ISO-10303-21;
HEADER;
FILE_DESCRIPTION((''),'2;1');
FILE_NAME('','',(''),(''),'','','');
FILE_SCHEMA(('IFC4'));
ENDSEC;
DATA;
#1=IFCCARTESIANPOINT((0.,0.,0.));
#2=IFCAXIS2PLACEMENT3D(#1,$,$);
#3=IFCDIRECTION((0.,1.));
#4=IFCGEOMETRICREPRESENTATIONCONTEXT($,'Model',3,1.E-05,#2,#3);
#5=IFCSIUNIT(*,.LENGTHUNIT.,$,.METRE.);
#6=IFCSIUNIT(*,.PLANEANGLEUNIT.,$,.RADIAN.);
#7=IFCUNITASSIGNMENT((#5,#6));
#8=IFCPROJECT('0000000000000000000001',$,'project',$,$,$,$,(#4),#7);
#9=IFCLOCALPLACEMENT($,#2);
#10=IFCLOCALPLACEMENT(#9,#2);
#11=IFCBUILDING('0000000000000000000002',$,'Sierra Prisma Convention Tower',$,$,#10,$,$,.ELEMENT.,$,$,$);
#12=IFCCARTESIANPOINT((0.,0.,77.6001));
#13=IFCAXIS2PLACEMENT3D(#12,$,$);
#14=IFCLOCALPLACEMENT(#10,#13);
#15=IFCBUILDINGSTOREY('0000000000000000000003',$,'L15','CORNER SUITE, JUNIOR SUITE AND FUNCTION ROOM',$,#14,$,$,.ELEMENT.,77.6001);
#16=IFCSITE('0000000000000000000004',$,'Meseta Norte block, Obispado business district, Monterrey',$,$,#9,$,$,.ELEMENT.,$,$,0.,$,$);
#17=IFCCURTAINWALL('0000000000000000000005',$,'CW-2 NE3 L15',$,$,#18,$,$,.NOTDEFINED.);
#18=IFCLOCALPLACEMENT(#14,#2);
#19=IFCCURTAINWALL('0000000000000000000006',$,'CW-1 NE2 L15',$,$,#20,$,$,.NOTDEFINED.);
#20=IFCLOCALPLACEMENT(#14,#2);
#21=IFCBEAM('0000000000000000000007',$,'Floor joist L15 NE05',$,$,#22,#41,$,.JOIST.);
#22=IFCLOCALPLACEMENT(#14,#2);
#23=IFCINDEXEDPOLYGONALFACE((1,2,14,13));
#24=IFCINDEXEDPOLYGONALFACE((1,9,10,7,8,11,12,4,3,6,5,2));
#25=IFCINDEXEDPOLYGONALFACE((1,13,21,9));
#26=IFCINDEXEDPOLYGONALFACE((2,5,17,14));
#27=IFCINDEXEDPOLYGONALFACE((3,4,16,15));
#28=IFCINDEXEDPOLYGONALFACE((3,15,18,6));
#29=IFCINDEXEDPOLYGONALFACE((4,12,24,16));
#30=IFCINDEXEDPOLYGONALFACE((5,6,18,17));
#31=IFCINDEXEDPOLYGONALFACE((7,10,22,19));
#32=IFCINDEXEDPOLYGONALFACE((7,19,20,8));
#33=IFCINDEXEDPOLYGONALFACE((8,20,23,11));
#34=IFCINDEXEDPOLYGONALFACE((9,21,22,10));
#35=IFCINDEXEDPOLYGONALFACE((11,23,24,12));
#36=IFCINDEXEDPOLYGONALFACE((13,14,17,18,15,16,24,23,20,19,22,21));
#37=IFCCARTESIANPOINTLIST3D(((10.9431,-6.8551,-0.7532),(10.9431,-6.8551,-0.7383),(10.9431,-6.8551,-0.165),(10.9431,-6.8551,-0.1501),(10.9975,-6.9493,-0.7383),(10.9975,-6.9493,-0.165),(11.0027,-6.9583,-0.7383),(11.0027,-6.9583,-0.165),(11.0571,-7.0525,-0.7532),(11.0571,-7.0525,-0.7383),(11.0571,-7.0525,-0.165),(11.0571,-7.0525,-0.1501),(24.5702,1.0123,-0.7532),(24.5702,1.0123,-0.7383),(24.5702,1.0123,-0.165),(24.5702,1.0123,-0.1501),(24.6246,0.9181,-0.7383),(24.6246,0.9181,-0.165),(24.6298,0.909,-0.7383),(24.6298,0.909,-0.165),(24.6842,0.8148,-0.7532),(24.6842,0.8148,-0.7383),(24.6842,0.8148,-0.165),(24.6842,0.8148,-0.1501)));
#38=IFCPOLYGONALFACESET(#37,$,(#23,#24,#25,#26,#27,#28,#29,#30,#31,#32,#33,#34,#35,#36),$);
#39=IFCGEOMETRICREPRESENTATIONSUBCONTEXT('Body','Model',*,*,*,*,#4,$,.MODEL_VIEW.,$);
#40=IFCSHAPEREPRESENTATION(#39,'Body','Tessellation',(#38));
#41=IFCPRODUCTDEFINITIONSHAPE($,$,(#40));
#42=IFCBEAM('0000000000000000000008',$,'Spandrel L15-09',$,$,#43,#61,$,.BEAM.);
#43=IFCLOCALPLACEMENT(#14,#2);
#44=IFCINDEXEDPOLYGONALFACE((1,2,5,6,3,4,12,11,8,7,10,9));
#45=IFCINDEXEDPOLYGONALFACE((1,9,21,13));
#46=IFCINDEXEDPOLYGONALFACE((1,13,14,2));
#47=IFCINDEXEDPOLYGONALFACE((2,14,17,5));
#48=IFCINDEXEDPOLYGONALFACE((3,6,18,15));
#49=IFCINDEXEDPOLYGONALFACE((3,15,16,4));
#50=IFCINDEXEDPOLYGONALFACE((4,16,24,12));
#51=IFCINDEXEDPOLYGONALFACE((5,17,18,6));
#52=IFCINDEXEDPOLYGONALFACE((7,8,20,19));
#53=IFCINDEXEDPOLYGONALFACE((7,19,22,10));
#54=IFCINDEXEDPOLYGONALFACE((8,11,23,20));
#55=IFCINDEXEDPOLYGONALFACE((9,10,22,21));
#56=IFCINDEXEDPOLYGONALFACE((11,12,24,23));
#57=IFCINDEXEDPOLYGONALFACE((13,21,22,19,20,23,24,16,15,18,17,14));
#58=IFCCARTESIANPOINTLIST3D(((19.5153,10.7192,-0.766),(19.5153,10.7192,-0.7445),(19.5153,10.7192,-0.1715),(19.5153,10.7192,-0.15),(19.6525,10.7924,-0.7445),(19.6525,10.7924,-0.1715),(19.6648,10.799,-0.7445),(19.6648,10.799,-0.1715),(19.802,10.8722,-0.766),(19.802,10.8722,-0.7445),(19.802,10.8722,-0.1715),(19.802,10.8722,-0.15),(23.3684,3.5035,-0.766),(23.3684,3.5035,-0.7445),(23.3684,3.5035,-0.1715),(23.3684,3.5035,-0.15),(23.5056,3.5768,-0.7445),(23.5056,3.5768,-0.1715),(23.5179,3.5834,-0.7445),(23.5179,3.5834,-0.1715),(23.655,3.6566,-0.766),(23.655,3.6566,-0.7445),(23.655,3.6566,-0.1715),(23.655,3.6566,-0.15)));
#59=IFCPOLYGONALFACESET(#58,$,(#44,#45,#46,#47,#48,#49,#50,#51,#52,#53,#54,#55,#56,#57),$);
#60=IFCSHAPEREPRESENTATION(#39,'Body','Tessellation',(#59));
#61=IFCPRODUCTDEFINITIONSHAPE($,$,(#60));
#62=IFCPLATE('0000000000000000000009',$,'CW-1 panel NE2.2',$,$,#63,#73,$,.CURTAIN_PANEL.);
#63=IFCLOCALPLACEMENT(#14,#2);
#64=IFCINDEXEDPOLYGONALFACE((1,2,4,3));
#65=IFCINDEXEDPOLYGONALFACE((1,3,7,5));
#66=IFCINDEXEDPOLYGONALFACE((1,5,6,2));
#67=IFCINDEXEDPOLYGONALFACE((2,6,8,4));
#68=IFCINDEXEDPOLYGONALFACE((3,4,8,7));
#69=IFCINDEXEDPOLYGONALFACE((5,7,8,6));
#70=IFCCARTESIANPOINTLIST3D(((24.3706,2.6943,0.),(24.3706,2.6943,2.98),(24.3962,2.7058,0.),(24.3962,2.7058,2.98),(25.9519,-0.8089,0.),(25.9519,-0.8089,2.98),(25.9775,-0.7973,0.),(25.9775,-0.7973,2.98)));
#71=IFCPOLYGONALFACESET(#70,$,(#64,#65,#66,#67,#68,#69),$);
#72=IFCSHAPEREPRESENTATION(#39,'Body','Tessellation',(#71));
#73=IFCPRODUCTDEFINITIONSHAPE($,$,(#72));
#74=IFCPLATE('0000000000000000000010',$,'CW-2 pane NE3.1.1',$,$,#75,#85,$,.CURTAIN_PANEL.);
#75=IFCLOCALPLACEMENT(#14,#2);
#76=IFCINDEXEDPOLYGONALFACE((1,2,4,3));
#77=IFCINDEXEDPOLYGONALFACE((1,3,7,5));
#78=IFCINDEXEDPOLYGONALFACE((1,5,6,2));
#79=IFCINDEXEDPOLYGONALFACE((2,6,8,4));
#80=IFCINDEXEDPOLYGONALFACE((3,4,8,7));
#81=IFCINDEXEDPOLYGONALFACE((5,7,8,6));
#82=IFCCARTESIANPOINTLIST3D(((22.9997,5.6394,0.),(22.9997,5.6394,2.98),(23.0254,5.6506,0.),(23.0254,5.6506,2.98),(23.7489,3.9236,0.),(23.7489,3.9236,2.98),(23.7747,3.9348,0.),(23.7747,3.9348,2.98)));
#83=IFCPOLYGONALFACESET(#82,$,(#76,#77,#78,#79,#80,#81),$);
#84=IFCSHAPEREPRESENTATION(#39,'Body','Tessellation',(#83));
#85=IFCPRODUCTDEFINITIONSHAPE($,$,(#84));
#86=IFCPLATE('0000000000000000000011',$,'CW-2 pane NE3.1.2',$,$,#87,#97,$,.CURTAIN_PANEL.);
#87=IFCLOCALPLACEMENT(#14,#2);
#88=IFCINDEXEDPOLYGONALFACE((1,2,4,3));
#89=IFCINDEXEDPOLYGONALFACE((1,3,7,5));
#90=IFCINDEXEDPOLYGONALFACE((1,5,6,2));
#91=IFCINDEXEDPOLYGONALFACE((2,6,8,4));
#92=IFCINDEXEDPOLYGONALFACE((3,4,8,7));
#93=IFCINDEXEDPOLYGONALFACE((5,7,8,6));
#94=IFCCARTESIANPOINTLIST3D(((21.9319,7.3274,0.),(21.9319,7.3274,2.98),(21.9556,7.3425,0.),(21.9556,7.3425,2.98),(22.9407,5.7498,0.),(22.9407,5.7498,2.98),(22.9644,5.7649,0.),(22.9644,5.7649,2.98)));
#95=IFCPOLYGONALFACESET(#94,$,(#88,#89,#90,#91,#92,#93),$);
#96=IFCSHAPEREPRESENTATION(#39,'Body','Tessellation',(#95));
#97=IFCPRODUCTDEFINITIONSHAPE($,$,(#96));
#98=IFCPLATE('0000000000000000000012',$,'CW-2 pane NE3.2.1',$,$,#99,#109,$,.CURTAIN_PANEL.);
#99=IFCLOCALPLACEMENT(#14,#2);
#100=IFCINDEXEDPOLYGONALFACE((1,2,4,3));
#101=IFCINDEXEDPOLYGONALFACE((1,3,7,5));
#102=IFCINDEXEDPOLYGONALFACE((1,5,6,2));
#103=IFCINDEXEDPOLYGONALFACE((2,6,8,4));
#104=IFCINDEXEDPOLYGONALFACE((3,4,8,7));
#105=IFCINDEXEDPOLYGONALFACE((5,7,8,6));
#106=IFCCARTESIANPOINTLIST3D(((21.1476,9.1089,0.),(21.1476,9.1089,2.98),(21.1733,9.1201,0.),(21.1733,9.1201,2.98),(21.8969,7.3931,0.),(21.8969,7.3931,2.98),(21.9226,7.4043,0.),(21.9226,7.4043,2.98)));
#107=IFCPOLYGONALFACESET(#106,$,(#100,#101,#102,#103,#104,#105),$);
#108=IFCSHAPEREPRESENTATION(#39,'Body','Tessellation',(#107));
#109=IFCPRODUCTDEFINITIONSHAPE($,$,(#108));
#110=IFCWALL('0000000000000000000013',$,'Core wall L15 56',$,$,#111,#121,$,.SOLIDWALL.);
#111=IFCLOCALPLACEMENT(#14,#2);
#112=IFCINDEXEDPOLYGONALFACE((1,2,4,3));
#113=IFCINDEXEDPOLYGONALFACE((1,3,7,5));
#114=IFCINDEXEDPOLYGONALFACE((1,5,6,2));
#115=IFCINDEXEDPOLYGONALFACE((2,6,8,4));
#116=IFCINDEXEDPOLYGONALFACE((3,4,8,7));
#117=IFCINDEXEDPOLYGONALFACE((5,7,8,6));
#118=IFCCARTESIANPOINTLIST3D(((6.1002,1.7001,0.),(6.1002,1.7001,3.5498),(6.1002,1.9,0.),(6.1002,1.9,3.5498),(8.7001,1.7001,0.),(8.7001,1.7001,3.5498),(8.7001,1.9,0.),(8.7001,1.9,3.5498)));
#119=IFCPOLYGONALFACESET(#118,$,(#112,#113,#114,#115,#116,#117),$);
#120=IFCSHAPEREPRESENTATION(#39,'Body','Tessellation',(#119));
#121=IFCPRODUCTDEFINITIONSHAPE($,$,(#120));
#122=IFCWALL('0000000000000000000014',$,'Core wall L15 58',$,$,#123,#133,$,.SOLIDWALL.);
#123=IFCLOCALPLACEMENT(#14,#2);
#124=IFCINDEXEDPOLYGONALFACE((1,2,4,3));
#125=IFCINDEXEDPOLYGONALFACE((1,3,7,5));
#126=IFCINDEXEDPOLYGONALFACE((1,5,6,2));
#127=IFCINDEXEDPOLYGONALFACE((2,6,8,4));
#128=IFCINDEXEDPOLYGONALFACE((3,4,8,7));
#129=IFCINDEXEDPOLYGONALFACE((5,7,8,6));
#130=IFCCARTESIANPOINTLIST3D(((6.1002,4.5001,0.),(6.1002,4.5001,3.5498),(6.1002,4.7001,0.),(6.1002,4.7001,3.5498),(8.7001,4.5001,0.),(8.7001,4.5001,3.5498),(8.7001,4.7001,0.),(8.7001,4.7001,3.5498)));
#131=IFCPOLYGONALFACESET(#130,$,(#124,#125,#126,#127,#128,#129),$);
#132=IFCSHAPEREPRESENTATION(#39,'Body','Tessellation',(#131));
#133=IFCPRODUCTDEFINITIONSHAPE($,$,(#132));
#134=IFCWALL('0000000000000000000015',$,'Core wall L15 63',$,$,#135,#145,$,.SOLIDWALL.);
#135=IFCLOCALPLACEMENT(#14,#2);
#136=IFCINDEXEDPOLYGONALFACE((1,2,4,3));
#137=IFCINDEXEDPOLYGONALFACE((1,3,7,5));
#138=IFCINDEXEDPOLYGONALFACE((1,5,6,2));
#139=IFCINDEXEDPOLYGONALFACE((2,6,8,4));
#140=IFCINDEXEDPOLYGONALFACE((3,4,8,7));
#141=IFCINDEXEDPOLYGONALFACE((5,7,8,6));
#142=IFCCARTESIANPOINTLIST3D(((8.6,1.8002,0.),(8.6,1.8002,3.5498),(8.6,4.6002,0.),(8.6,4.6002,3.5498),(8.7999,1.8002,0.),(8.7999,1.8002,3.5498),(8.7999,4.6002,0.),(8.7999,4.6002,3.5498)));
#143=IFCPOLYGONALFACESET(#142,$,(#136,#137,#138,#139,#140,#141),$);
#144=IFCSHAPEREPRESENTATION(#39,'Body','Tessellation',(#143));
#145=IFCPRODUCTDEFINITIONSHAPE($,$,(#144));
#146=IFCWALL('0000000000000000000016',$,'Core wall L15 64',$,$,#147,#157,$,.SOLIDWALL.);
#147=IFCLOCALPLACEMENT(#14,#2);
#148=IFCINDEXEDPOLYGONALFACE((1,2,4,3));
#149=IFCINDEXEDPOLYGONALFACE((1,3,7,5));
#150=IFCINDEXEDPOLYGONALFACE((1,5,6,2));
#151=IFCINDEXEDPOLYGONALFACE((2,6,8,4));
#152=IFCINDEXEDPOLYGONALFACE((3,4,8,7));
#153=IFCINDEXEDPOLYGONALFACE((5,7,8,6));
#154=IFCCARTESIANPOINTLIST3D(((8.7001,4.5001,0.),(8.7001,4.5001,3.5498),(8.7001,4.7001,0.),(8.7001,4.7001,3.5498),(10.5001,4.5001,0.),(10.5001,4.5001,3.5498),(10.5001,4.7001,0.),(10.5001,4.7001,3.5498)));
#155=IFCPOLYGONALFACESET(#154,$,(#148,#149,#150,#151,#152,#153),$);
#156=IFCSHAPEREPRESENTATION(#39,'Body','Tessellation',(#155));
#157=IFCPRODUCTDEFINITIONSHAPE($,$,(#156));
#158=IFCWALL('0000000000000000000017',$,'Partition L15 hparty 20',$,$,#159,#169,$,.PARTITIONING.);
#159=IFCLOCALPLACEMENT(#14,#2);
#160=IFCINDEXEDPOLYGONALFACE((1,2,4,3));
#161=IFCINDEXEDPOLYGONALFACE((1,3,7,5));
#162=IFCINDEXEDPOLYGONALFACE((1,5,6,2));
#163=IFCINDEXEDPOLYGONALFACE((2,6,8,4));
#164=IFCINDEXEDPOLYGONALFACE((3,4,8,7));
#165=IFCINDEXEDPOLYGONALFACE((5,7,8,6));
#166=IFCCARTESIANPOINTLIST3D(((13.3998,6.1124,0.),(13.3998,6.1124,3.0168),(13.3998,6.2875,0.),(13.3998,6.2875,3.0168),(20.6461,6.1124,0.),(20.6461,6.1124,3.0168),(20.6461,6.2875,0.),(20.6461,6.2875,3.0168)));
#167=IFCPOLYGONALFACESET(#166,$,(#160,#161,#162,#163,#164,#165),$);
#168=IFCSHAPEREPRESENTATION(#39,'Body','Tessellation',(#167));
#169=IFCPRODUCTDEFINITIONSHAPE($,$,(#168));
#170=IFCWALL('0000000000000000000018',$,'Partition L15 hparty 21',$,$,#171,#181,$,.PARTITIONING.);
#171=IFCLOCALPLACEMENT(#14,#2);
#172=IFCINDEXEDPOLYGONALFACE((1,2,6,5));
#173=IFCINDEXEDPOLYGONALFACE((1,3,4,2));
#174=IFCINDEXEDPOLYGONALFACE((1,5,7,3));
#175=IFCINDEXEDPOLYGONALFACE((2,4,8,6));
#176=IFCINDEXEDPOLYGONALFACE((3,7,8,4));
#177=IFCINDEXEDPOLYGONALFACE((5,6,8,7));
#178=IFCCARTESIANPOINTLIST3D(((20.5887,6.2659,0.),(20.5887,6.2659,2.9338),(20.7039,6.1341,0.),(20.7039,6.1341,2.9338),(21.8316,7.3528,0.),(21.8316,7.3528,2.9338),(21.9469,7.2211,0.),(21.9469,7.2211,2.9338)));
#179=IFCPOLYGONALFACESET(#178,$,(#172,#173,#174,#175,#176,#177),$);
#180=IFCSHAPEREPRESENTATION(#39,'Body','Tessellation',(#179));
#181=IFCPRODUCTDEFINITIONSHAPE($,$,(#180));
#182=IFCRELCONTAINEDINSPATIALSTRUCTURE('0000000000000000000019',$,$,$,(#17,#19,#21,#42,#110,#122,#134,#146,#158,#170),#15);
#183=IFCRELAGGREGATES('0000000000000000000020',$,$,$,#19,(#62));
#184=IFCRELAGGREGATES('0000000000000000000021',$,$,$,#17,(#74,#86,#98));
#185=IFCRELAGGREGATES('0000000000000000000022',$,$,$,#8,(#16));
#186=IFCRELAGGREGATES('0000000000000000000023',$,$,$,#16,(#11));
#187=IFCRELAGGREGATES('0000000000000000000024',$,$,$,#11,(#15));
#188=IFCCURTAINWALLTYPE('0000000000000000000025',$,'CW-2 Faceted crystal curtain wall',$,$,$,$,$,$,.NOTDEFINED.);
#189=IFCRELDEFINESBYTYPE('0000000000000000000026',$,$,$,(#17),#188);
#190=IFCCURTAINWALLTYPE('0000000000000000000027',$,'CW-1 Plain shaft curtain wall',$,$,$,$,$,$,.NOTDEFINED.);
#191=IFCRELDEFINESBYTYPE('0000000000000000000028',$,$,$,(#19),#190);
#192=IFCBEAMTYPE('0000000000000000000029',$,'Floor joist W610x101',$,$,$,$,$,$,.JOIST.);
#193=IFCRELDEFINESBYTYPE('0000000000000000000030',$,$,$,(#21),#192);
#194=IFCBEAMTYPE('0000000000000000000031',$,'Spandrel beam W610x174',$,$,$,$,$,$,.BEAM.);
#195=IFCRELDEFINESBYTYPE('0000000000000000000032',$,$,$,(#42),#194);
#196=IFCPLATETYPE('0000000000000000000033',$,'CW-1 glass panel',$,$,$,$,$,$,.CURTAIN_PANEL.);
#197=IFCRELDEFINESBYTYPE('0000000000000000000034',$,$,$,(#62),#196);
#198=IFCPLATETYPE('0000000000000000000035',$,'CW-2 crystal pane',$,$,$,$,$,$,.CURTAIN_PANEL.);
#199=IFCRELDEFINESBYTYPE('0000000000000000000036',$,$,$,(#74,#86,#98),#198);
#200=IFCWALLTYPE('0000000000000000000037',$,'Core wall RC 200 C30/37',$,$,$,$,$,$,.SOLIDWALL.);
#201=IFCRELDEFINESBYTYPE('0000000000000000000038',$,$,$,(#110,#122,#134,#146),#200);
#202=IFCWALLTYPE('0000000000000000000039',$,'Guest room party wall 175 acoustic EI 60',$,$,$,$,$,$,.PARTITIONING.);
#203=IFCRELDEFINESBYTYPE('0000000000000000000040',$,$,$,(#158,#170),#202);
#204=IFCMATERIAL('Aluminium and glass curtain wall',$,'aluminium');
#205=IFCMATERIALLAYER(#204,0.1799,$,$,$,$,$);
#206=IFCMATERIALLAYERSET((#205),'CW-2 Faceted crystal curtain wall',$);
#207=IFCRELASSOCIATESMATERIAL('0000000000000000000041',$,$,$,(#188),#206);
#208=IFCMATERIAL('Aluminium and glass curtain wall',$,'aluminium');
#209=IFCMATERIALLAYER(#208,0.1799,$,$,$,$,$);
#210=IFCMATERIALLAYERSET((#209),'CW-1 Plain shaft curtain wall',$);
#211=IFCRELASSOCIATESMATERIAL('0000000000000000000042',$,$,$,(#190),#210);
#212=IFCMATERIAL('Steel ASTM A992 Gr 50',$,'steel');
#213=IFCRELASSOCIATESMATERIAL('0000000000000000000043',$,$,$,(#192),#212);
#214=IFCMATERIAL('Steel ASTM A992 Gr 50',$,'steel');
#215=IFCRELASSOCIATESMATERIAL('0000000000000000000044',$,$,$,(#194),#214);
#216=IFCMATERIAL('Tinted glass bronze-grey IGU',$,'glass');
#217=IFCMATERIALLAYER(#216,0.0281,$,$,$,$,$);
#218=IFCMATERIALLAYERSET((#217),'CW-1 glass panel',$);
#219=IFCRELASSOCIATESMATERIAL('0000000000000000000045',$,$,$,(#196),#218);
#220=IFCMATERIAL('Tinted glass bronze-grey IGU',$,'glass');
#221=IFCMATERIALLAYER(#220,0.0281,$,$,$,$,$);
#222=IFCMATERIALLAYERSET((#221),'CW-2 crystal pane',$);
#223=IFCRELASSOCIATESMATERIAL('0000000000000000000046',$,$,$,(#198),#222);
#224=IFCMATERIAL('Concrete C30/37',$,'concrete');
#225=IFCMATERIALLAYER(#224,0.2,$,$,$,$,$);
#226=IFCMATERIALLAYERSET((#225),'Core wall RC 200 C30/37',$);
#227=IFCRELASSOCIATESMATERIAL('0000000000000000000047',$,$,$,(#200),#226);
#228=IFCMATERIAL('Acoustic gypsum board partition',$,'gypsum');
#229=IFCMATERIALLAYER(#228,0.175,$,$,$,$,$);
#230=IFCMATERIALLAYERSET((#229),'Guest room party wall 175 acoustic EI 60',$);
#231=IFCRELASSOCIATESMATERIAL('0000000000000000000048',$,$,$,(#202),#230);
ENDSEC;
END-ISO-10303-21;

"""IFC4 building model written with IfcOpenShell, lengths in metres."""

from ifc_helpers import new_model, si_unit, direction, frame, frame_2d, origin, origin_2d, place, context, subcontext, project, spatial, polyline, rectangle, i_section, outline, extrude, material, layer, layer_set, material_profile, profile_set, type_object, element, aggregate, save


model = new_model("IFC4")

# Units and contexts
model_context = context("Model", 3, precision=1e-05, world=origin(), true_north=direction((0.0, 1.0)))
body_context = subcontext(model_context, "Body", "Model", "MODEL_VIEW")
ifc_project = project(units=[si_unit("LENGTHUNIT", "METRE"), si_unit("PLANEANGLEUNIT", "RADIAN")], contexts=[model_context])

# Site, building, storey
site_placement = place(None, origin())
site = spatial("IfcSite", under=ifc_project, at=site_placement, Name="Meseta Norte block, Obispado business district, Monterrey", CompositionType="ELEMENT", RefElevation=0.0)
building_placement = place(site_placement, origin())
building = spatial("IfcBuilding", under=site, at=building_placement, Name="Sierra Prisma Convention Tower", CompositionType="ELEMENT")
storey_placement = place(building_placement, frame((0.0, 0.0, 77.6001)))
storey = spatial("IfcBuildingStorey", under=building, at=storey_placement, Name="L15", Description="CORNER SUITE, JUNIOR SUITE AND FUNCTION ROOM", CompositionType="ELEMENT", Elevation=77.6001)

# Curtain wall
ifc_material_1 = material(Name="Aluminium and glass curtain wall", Category="aluminium")
ifc_layer_1 = layer(ifc_material_1, 0.1799)
ifc_layer_set_1 = layer_set([ifc_layer_1], Name="CW-2 Faceted crystal curtain wall")
curtain_wall_type_1 = type_object("IfcCurtainWallType", Name="CW-2 Faceted crystal curtain wall", PredefinedType="NOTDEFINED", material=ifc_layer_set_1)
curtain_wall_1_placement = place(storey_placement, origin())
curtain_wall_1 = element("IfcCurtainWall", 1, at=curtain_wall_1_placement, inside=storey, type_object=curtain_wall_type_1, Name="CW-2 NE3 L15", PredefinedType="NOTDEFINED")

# Curtain wall
ifc_material_2 = material(Name="Aluminium and glass curtain wall", Category="aluminium")
ifc_layer_2 = layer(ifc_material_2, 0.1799)
ifc_layer_set_2 = layer_set([ifc_layer_2], Name="CW-1 Plain shaft curtain wall")
curtain_wall_type_2 = type_object("IfcCurtainWallType", Name="CW-1 Plain shaft curtain wall", PredefinedType="NOTDEFINED", material=ifc_layer_set_2)
curtain_wall_2_placement = place(storey_placement, origin())
curtain_wall_2 = element("IfcCurtainWall", 2, at=curtain_wall_2_placement, inside=storey, type_object=curtain_wall_type_2, Name="CW-1 NE2 L15", PredefinedType="NOTDEFINED")

# Beams
ifc_material_3 = material(Name="Steel ASTM A992 Gr 50", Category="steel")
ifc_material_profile_1 = material_profile(ifc_material_3, i_section(OverallWidth=0.228, OverallDepth=0.603, WebThickness=0.0105, FlangeThickness=0.0149, at=origin_2d()), Name="W610x101")
ifc_profile_set_1 = profile_set([ifc_material_profile_1], Name="Steel ASTM A992 Gr 50")
beam_type_1 = type_object("IfcBeamType", Name="Floor joist W610x101", PredefinedType="JOIST", material=ifc_profile_set_1)
beam_1_placement = place(storey_placement, frame((24.6272, 0.9136, -0.4517), z_axis=(-0.866032, -0.499989, 0.0), x_axis=(0.499989, -0.866032, 0.0)))
element("IfcBeam", 3, at=beam_1_placement, inside=storey, type_object=beam_type_1, Name="Floor joist L15 NE05", PredefinedType="JOIST", context=body_context, shape_type="SweptSolid", body=[
    extrude(i_section(OverallWidth=0.228, OverallDepth=0.603, WebThickness=0.0105, FlangeThickness=0.0149, at=origin_2d()), origin(), (0.0, 0.0, 1.0), 15.7351),
])
ifc_material_4 = material(Name="Steel ASTM A992 Gr 50", Category="steel")
ifc_material_profile_2 = material_profile(ifc_material_4, i_section(OverallWidth=0.325, OverallDepth=0.616, WebThickness=0.0139, FlangeThickness=0.0215, at=origin_2d()), Name="W610x174")
ifc_profile_set_2 = profile_set([ifc_material_profile_2], Name="Steel ASTM A992 Gr 50")
beam_type_2 = type_object("IfcBeamType", Name="Spandrel beam W610x174", PredefinedType="BEAM", material=ifc_profile_set_2)
beam_2_placement = place(storey_placement, frame((23.5117, 3.5801, -0.458), z_axis=(-0.471037, 0.882113, 0.0), x_axis=(-0.882113, -0.471037, 0.0)))
element("IfcBeam", 4, at=beam_2_placement, inside=storey, type_object=beam_type_2, Name="Spandrel L15-09", PredefinedType="BEAM", context=body_context, shape_type="SweptSolid", body=[
    extrude(i_section(OverallWidth=0.325, OverallDepth=0.616, WebThickness=0.0139, FlangeThickness=0.0215, at=origin_2d()), origin(), (0.0, 0.0, 1.0), 8.1799),
])

# Plates
ifc_material_5 = material(Name="Tinted glass bronze-grey IGU", Category="glass")
ifc_layer_3 = layer(ifc_material_5, 0.0281)
ifc_layer_set_3 = layer_set([ifc_layer_3], Name="CW-1 glass panel")
plate_type_1 = type_object("IfcPlateType", Name="CW-1 glass panel", PredefinedType="CURTAIN_PANEL", material=ifc_layer_set_3)
plate_1_placement = place(storey_placement, frame((25.1741, 0.9485, 0.0), z_axis=(0.0, 0.0, 1.0), x_axis=(-0.411426, 0.911443, 0.0)))
plate_1 = element("IfcPlate", 5, at=plate_1_placement, type_object=plate_type_1, Name="CW-1 panel NE2.2", PredefinedType="CURTAIN_PANEL", context=body_context, shape_type="SweptSolid", body=[
    extrude(rectangle(XDim=3.8435, YDim=0.0281, at=origin_2d()), origin(), (0.0, 0.0, 1.0), 2.98),
])
aggregate(curtain_wall_2, [plate_1])
ifc_material_6 = material(Name="Tinted glass bronze-grey IGU", Category="glass")
ifc_layer_4 = layer(ifc_material_6, 0.0281)
ifc_layer_set_4 = layer_set([ifc_layer_4], Name="CW-2 crystal pane")
plate_type_2 = type_object("IfcPlateType", Name="CW-2 crystal pane", PredefinedType="CURTAIN_PANEL", material=ifc_layer_set_4)
plate_2_placement = place(storey_placement, frame((23.7747, 3.9348, 0.0), z_axis=(0.916432, 0.400189, 0.0), x_axis=(-0.400189, 0.916432, 0.0)))
plate_2 = element("IfcPlate", 6, at=plate_2_placement, type_object=plate_type_2, Name="CW-2 pane NE3.1.1", PredefinedType="CURTAIN_PANEL", context=body_context, shape_type="SweptSolid", body=[
    extrude(outline(polyline([(0.0, 0.0), (1.8723, 0.0), (1.8723, 2.98), (0.0, 2.98), (0.0, 0.0)])), origin(), (0.0, 0.0, -1.0), 0.0281),
])
plate_3_placement = place(storey_placement, frame((21.9556, 7.3425, 0.0), z_axis=(0.842489, 0.538713, 0.0), x_axis=(0.538713, -0.842489, 0.0)))
plate_3 = element("IfcPlate", 7, at=plate_3_placement, type_object=plate_type_2, Name="CW-2 pane NE3.1.2", PredefinedType="CURTAIN_PANEL", context=body_context, shape_type="SweptSolid", body=[
    extrude(outline(polyline([(0.0, 0.0), (1.8726, 0.0), (1.8726, -2.98), (0.0, -2.98), (0.0, 0.0)])), origin(), (0.0, 0.0, -1.0), 0.0281),
])
plate_4_placement = place(storey_placement, frame((21.9226, 7.4043, 0.0), z_axis=(0.916432, 0.400189, 0.0), x_axis=(-0.400189, 0.916432, 0.0)))
plate_4 = element("IfcPlate", 8, at=plate_4_placement, type_object=plate_type_2, Name="CW-2 pane NE3.2.1", PredefinedType="CURTAIN_PANEL", context=body_context, shape_type="SweptSolid", body=[
    extrude(outline(polyline([(0.0, 0.0), (1.8723, 0.0), (1.8723, 2.98), (0.0, 2.98), (0.0, 0.0)])), origin(), (0.0, 0.0, -1.0), 0.0281),
])
aggregate(curtain_wall_1, [plate_2, plate_3, plate_4])

# Walls
ifc_material_7 = material(Name="Concrete C30/37", Category="concrete")
ifc_layer_5 = layer(ifc_material_7, 0.2)
ifc_layer_set_5 = layer_set([ifc_layer_5], Name="Core wall RC 200 C30/37")
wall_type_1 = type_object("IfcWallType", Name="Core wall RC 200 C30/37", PredefinedType="SOLIDWALL", material=ifc_layer_set_5)
for number, where, z_axis, x_axis, name in (
    (9, (8.7, 1.8, 0.0), (0.0, 0.0, 1.0), (-1.0, 0.0, 0.0), "Core wall L15 56"),
    (10, (8.7, 4.6001, 0.0), (0.0, 0.0, 1.0), (-1.0, 0.0, 0.0), "Core wall L15 58"),
):
    element("IfcWall", number, at=place(storey_placement, frame(where, z_axis=z_axis, x_axis=x_axis)), inside=storey, type_object=wall_type_1, Name=name, PredefinedType="SOLIDWALL", context=body_context, shape_type="SweptSolid", body=[
        extrude(rectangle(XDim=2.5999, YDim=0.2, at=frame_2d((1.2998, 0.0))), origin(), (0.0, 0.0, 1.0), 3.5498),
    ])

# Walls
wall_1_placement = place(storey_placement, frame((8.7, 4.6001, 0.0), z_axis=(0.0, 0.0, 1.0), x_axis=(0.0, -1.0, 0.0)))
element("IfcWall", 11, at=wall_1_placement, inside=storey, type_object=wall_type_1, Name="Core wall L15 63", PredefinedType="SOLIDWALL", context=body_context, shape_type="SweptSolid", body=[
    extrude(rectangle(XDim=2.8, YDim=0.2, at=frame_2d((1.3999, 0.0))), origin(), (0.0, 0.0, 1.0), 3.5498),
])
wall_2_placement = place(storey_placement, frame((10.5, 4.6001, 0.0), z_axis=(0.0, 0.0, 1.0), x_axis=(-1.0, 0.0, 0.0)))
element("IfcWall", 12, at=wall_2_placement, inside=storey, type_object=wall_type_1, Name="Core wall L15 64", PredefinedType="SOLIDWALL", context=body_context, shape_type="SweptSolid", body=[
    extrude(rectangle(XDim=1.8, YDim=0.2, at=frame_2d((0.8999, 0.0))), origin(), (0.0, 0.0, 1.0), 3.5498),
])
ifc_material_8 = material(Name="Acoustic gypsum board partition", Category="gypsum")
ifc_layer_6 = layer(ifc_material_8, 0.175)
ifc_layer_set_6 = layer_set([ifc_layer_6], Name="Guest room party wall 175 acoustic EI 60")
wall_type_2 = type_object("IfcWallType", Name="Guest room party wall 175 acoustic EI 60", PredefinedType="PARTITIONING", material=ifc_layer_set_6)
wall_3_placement = place(storey_placement, frame((13.3999, 6.2, 0.0), z_axis=(0.0, 0.0, 1.0), x_axis=(1.0, 0.0, 0.0)))
element("IfcWall", 13, at=wall_3_placement, inside=storey, type_object=wall_type_2, Name="Partition L15 hparty 20", PredefinedType="PARTITIONING", context=body_context, shape_type="SweptSolid", body=[
    extrude(rectangle(XDim=7.2463, YDim=0.175, at=frame_2d((3.623, 0.0))), origin(), (0.0, 0.0, 1.0), 3.0168),
])
wall_4_placement = place(storey_placement, frame((20.6462, 6.2, 0.0), z_axis=(0.0, 0.0, 1.0), x_axis=(0.752769, 0.658285, 0.0)))
element("IfcWall", 14, at=wall_4_placement, inside=storey, type_object=wall_type_2, Name="Partition L15 hparty 21", PredefinedType="PARTITIONING", context=body_context, shape_type="SweptSolid", body=[
    extrude(rectangle(XDim=1.6511, YDim=0.175, at=frame_2d((0.8257, 0.0))), origin(), (0.0, 0.0, 1.0), 2.9338),
])

save(model, "model.ifc")
